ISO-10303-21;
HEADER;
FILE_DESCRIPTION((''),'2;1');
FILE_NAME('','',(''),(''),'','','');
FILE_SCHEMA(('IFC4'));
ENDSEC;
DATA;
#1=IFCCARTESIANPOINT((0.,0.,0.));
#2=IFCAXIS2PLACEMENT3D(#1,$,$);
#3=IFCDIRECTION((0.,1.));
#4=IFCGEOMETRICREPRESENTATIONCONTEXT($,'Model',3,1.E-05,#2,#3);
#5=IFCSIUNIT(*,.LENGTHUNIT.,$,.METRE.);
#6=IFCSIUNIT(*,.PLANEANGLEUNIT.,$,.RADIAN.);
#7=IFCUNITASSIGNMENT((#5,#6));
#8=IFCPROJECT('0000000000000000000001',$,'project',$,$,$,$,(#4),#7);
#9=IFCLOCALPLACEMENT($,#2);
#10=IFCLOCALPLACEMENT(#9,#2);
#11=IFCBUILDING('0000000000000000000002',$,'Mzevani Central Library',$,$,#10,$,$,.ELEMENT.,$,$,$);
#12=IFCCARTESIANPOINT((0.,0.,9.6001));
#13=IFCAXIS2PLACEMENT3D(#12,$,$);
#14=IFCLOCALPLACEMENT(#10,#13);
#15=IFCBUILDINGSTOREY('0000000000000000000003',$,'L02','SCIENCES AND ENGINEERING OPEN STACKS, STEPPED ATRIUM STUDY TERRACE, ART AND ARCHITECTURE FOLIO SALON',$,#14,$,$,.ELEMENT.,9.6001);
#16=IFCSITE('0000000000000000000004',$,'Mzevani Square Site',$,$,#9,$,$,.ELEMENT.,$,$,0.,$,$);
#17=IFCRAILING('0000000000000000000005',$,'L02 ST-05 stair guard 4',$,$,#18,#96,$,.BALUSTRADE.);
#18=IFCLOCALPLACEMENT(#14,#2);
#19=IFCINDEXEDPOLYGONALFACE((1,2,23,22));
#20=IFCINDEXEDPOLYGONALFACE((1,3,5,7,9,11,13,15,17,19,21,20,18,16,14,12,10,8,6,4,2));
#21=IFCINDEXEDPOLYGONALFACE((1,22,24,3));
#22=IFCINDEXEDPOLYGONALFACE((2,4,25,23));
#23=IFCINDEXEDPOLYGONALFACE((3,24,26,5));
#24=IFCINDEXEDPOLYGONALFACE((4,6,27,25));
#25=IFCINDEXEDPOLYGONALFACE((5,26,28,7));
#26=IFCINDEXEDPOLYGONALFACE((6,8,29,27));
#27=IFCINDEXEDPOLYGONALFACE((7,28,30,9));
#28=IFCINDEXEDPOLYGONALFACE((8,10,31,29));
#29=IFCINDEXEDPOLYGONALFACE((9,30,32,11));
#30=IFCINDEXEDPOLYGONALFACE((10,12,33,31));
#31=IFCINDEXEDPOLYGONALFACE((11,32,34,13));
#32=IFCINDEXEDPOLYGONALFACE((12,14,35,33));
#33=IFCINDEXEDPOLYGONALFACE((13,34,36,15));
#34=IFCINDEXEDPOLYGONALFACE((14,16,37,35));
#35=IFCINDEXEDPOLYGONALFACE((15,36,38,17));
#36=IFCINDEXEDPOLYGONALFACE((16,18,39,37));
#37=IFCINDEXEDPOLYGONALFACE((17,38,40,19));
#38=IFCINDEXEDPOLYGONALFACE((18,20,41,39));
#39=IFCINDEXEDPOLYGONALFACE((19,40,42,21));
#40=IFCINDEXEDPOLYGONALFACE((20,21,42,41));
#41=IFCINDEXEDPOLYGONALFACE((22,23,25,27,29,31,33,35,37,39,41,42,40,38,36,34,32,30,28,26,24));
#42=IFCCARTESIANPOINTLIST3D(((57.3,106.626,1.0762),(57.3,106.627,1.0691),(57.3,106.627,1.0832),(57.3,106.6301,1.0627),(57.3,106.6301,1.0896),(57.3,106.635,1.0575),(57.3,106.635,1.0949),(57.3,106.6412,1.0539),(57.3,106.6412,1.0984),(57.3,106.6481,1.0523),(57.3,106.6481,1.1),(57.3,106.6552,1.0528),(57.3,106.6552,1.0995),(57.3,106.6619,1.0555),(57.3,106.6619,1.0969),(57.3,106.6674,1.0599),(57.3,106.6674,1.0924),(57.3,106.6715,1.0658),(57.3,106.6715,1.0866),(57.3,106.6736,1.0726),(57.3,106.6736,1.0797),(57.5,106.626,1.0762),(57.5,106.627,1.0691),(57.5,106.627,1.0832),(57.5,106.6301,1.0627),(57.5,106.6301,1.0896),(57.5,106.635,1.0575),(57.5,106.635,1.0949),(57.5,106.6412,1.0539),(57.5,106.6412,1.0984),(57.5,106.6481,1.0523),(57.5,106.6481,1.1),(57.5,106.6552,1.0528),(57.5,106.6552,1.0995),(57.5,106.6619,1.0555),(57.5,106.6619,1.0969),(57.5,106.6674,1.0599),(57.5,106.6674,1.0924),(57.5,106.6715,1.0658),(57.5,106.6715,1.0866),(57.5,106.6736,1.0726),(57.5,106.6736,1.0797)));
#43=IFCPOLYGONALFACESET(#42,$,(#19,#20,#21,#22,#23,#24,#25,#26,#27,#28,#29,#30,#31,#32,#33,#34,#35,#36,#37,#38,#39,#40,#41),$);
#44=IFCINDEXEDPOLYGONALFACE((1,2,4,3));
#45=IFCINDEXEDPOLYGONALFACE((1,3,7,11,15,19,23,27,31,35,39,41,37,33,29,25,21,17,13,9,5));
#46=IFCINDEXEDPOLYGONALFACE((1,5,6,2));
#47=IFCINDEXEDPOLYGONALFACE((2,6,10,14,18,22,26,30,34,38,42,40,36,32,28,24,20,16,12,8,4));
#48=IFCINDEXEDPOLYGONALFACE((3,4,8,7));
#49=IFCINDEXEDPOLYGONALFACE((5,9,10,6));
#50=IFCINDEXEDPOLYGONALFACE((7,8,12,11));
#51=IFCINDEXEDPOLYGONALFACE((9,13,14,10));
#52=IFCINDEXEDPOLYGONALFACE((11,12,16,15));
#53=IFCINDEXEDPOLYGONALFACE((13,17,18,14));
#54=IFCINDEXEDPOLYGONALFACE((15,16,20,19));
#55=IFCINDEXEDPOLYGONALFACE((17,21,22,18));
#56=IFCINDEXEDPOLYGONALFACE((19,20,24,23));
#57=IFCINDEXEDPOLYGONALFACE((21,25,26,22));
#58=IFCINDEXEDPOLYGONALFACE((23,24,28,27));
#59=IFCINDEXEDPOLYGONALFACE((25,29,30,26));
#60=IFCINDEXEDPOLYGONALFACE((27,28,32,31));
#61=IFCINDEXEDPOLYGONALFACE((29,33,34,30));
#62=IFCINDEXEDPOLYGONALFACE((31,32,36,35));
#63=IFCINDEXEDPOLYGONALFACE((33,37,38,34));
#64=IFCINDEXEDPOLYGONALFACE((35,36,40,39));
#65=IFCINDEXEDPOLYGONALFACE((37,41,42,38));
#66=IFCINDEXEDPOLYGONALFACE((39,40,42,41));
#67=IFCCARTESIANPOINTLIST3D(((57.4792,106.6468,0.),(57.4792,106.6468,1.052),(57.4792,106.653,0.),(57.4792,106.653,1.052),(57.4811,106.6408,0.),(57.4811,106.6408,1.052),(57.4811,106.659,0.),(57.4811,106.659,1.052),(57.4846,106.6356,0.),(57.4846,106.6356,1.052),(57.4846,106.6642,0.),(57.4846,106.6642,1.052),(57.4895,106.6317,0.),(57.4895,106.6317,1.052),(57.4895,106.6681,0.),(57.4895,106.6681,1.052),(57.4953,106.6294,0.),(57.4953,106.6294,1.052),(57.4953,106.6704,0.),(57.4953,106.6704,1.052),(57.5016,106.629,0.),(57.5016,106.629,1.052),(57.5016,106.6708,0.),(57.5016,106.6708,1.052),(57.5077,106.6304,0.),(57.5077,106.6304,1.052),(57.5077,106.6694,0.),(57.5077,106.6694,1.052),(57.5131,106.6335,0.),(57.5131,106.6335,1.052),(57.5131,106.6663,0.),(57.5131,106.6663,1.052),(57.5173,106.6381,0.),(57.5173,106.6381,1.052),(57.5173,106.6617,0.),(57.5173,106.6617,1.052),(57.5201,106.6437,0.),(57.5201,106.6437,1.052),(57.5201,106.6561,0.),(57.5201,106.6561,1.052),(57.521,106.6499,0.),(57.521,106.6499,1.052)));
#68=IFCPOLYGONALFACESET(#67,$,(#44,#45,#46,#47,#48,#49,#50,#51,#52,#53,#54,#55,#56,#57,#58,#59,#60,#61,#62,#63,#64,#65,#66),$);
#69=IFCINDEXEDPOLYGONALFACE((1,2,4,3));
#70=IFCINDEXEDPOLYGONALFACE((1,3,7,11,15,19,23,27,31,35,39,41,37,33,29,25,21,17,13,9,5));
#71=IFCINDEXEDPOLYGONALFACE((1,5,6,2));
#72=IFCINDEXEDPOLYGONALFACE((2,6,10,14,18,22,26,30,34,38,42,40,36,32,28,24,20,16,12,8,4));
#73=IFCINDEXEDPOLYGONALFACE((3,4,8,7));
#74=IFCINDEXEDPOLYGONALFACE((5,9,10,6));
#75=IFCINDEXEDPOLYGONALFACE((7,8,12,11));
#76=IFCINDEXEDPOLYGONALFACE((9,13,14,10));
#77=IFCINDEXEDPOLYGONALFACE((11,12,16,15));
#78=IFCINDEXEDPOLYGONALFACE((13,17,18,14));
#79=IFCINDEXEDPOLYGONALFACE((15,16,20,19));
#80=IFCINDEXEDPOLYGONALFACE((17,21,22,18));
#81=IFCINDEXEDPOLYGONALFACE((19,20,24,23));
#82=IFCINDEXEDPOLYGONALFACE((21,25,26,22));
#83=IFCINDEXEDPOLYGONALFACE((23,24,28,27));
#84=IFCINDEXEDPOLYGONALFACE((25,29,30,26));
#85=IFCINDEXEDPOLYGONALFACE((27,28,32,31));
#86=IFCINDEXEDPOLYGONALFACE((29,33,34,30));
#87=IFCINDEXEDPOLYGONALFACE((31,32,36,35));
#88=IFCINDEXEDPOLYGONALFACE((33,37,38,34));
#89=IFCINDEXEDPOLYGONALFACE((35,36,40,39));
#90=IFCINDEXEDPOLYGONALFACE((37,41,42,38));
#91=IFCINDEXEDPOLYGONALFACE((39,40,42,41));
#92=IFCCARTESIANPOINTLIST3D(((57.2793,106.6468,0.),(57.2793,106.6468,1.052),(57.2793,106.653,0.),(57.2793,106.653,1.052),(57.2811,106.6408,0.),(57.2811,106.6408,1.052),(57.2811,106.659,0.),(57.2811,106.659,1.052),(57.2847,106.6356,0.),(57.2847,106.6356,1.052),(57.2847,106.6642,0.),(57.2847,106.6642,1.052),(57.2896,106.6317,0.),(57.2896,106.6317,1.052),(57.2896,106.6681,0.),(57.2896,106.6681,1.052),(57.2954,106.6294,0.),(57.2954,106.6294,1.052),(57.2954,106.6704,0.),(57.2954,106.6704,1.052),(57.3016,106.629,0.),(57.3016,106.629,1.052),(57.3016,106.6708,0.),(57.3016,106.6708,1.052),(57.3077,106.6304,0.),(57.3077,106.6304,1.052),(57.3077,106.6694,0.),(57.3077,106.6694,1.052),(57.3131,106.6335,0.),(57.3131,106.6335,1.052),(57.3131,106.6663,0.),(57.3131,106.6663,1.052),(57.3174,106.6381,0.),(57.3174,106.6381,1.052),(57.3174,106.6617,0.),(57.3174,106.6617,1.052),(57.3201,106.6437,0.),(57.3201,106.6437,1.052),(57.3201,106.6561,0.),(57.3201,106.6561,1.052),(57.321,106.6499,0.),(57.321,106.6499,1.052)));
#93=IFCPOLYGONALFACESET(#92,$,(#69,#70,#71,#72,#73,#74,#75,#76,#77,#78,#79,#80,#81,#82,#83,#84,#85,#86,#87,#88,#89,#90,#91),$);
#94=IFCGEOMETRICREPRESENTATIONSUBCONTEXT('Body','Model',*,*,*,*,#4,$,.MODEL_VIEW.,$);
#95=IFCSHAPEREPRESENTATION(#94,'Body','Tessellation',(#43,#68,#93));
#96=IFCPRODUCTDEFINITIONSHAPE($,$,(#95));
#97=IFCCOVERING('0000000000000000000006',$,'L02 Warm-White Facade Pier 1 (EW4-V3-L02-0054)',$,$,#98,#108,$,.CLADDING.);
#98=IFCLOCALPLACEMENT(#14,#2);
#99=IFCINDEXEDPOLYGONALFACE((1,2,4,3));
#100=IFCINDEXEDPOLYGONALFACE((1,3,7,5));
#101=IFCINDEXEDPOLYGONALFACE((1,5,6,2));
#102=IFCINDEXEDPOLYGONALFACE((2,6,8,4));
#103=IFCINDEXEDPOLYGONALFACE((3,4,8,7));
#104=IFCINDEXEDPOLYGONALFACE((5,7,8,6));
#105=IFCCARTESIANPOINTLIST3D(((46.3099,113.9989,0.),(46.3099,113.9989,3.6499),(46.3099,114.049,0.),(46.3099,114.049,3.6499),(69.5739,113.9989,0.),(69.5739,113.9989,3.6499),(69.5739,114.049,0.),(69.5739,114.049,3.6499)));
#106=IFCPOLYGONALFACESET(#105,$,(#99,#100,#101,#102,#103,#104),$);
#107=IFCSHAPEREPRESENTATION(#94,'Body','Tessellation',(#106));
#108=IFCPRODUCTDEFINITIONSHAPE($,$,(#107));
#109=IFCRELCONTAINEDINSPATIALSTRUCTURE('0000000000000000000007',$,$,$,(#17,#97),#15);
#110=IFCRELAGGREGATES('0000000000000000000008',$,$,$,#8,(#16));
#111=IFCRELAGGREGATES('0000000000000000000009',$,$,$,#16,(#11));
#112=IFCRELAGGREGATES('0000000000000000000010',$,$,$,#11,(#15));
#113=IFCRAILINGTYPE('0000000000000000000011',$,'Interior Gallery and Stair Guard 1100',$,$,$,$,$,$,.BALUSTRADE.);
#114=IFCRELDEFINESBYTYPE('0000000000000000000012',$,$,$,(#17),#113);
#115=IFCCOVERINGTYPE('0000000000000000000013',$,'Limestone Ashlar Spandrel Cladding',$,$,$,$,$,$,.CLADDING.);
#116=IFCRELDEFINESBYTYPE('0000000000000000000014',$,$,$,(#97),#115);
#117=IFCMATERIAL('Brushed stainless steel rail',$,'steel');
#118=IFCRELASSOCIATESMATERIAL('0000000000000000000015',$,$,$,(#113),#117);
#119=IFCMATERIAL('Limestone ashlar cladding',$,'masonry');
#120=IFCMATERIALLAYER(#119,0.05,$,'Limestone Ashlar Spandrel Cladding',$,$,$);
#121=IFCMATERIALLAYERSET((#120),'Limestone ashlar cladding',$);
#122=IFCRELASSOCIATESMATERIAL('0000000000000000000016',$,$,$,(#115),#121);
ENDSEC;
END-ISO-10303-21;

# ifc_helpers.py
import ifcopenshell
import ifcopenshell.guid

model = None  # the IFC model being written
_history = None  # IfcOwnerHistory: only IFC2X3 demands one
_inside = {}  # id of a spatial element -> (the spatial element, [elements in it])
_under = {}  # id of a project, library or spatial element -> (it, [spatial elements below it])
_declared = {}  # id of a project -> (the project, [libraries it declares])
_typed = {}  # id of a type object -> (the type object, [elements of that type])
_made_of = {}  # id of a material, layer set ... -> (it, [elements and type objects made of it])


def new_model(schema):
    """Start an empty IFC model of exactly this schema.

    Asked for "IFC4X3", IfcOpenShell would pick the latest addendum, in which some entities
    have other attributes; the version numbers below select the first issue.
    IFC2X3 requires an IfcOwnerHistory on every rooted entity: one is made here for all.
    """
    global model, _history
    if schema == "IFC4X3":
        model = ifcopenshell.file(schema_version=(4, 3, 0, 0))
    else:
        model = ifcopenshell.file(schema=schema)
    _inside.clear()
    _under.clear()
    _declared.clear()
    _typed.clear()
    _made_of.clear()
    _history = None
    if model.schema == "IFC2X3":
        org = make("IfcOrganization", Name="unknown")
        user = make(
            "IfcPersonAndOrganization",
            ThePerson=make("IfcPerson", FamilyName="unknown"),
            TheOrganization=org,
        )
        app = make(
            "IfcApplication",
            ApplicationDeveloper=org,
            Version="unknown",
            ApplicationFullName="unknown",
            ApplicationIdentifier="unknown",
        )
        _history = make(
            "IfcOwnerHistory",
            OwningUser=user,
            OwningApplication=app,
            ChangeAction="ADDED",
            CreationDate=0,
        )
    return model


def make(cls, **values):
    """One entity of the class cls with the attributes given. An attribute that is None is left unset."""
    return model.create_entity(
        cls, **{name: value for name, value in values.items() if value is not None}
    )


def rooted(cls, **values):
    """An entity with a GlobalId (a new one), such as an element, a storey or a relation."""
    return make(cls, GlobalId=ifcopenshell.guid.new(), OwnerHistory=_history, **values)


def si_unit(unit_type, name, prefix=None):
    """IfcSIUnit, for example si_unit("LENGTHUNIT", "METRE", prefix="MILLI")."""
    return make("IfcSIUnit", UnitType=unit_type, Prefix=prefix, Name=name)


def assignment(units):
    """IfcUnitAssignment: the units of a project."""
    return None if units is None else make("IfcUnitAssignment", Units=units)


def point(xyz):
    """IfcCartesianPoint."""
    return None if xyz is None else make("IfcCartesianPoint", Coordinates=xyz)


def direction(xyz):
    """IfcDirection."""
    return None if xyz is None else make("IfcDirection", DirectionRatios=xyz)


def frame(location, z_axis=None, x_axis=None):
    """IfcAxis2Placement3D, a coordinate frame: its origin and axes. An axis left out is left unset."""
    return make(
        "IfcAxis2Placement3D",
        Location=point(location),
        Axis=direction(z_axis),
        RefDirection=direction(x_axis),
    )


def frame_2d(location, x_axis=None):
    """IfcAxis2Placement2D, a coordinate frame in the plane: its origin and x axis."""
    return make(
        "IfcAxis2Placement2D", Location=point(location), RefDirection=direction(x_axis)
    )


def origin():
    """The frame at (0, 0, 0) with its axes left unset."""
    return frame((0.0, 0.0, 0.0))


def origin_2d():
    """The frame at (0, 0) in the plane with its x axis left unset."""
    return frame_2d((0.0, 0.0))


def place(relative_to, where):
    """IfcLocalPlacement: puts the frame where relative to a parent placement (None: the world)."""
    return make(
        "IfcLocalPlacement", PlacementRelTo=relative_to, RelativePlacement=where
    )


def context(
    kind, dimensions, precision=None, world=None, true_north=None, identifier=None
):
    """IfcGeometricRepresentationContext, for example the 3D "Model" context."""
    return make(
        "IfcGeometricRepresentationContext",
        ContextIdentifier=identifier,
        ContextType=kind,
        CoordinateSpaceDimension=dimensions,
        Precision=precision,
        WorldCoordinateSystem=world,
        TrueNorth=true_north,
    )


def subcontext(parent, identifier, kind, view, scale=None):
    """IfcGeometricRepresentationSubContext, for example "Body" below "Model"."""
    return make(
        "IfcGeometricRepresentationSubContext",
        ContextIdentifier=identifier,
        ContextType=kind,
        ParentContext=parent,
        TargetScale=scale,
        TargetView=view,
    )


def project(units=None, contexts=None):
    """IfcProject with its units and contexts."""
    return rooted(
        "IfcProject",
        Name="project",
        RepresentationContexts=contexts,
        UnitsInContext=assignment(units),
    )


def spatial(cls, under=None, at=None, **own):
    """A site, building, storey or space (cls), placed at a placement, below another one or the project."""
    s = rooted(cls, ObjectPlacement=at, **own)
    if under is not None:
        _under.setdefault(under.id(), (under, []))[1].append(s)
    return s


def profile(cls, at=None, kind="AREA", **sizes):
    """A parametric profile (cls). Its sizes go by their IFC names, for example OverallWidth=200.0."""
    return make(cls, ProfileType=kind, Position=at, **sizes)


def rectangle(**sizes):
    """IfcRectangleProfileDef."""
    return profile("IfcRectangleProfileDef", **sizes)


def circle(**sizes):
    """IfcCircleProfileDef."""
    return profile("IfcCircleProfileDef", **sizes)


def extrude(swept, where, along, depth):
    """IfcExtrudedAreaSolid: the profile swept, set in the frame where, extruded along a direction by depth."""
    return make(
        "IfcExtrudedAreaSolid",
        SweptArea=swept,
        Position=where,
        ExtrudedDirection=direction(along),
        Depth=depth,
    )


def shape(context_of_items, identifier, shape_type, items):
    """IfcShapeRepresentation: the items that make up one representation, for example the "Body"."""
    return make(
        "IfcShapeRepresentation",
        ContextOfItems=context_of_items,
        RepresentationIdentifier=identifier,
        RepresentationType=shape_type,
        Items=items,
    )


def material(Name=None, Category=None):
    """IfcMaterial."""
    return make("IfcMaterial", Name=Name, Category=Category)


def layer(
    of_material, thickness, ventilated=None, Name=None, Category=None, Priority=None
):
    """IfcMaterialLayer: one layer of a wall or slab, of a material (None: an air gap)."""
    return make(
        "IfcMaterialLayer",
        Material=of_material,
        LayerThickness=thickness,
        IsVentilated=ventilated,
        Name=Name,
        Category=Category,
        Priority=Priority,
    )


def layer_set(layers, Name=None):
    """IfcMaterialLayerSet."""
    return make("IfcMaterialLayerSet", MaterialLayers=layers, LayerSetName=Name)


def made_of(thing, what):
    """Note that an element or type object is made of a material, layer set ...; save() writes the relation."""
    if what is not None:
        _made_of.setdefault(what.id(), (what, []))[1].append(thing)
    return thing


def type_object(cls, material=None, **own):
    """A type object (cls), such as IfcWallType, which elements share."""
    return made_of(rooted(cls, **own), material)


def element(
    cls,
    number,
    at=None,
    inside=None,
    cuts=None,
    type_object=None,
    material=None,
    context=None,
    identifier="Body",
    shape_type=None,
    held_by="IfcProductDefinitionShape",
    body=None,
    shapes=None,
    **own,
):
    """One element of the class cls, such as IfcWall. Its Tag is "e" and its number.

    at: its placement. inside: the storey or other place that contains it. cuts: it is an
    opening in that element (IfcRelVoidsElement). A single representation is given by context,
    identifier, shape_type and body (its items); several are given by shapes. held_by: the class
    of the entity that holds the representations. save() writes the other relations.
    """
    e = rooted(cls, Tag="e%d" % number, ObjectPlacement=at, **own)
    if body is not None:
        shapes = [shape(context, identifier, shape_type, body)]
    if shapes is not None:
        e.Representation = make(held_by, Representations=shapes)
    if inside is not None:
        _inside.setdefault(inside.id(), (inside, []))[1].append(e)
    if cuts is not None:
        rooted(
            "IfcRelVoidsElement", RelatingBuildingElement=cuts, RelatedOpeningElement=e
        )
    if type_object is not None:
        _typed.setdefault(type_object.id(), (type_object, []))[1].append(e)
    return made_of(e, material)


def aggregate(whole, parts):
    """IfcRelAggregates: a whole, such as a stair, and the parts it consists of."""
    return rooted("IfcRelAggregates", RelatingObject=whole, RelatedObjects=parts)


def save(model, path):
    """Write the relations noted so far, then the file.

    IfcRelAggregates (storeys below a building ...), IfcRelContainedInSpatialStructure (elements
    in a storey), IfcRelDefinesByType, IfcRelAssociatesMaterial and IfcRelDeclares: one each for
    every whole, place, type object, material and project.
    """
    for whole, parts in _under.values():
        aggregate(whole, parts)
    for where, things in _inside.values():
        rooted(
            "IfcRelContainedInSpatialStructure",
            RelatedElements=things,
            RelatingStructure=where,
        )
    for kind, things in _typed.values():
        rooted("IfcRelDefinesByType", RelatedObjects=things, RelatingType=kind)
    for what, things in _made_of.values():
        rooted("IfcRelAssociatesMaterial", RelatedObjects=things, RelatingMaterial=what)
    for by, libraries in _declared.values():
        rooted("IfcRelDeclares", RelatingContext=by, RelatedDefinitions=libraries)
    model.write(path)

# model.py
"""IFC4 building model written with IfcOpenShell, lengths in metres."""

from ifc_helpers import new_model, si_unit, direction, frame, origin, origin_2d, place, context, subcontext, project, spatial, rectangle, circle, extrude, material, layer, layer_set, type_object, element, save


model = new_model("IFC4")

# Units and contexts
model_context = context("Model", 3, precision=1e-05, world=origin(), true_north=direction((0.0, 1.0)))
body_context = subcontext(model_context, "Body", "Model", "MODEL_VIEW")
ifc_project = project(units=[si_unit("LENGTHUNIT", "METRE"), si_unit("PLANEANGLEUNIT", "RADIAN")], contexts=[model_context])

# Site, building, storey
site_placement = place(None, origin())
site = spatial("IfcSite", under=ifc_project, at=site_placement, Name="Mzevani Square Site", CompositionType="ELEMENT", RefElevation=0.0)
building_placement = place(site_placement, origin())
building = spatial("IfcBuilding", under=site, at=building_placement, Name="Mzevani Central Library", CompositionType="ELEMENT")
storey_placement = place(building_placement, frame((0.0, 0.0, 9.6001)))
storey = spatial("IfcBuildingStorey", under=building, at=storey_placement, Name="L02", Description="SCIENCES AND ENGINEERING OPEN STACKS, STEPPED ATRIUM STUDY TERRACE, ART AND ARCHITECTURE FOLIO SALON", CompositionType="ELEMENT", Elevation=9.6001)

# Railing
ifc_material_1 = material(Name="Brushed stainless steel rail", Category="steel")
railing_type_1 = type_object("IfcRailingType", Name="Interior Gallery and Stair Guard 1100", PredefinedType="BALUSTRADE", material=ifc_material_1)
railing_1_placement = place(storey_placement, frame((57.5, 106.6499, 0.0)))
element("IfcRailing", 1, at=railing_1_placement, inside=storey, type_object=railing_type_1, Name="L02 ST-05 stair guard 4", PredefinedType="BALUSTRADE", context=body_context, shape_type="SweptSolid", body=[
    extrude(circle(Radius=0.0239, at=origin_2d()), frame((0.0, 0.0, 1.0762), z_axis=(-1.0, 0.0, 0.0), x_axis=(0.0, -1.0, 0.0)), (0.0, 0.0, 1.0), 0.2),
    extrude(circle(Radius=0.021, at=origin_2d()), origin(), (0.0, 0.0, 1.0), 1.052),
    extrude(circle(Radius=0.021, at=origin_2d()), frame((-0.2, 0.0, 0.0)), (0.0, 0.0, 1.0), 1.052),
])

# Covering
ifc_material_2 = material(Name="Limestone ashlar cladding", Category="masonry")
ifc_layer_1 = layer(ifc_material_2, 0.05, Name="Limestone Ashlar Spandrel Cladding")
ifc_layer_set_1 = layer_set([ifc_layer_1], Name="Limestone ashlar cladding")
covering_type = type_object("IfcCoveringType", Name="Limestone Ashlar Spandrel Cladding", PredefinedType="CLADDING", material=ifc_layer_set_1)
covering_placement = place(storey_placement, frame((57.9419, 114.0239, 0.0), z_axis=(0.0, 0.0, 1.0), x_axis=(1.0, 0.0, 0.0)))
element("IfcCovering", 2, at=covering_placement, inside=storey, type_object=covering_type, Name="L02 Warm-White Facade Pier 1 (EW4-V3-L02-0054)", PredefinedType="CLADDING", context=body_context, shape_type="SweptSolid", body=[
    extrude(rectangle(XDim=23.2639, YDim=0.05, at=origin_2d()), origin(), (0.0, 0.0, 1.0), 3.6499),
])

save(model, "model.ifc")
